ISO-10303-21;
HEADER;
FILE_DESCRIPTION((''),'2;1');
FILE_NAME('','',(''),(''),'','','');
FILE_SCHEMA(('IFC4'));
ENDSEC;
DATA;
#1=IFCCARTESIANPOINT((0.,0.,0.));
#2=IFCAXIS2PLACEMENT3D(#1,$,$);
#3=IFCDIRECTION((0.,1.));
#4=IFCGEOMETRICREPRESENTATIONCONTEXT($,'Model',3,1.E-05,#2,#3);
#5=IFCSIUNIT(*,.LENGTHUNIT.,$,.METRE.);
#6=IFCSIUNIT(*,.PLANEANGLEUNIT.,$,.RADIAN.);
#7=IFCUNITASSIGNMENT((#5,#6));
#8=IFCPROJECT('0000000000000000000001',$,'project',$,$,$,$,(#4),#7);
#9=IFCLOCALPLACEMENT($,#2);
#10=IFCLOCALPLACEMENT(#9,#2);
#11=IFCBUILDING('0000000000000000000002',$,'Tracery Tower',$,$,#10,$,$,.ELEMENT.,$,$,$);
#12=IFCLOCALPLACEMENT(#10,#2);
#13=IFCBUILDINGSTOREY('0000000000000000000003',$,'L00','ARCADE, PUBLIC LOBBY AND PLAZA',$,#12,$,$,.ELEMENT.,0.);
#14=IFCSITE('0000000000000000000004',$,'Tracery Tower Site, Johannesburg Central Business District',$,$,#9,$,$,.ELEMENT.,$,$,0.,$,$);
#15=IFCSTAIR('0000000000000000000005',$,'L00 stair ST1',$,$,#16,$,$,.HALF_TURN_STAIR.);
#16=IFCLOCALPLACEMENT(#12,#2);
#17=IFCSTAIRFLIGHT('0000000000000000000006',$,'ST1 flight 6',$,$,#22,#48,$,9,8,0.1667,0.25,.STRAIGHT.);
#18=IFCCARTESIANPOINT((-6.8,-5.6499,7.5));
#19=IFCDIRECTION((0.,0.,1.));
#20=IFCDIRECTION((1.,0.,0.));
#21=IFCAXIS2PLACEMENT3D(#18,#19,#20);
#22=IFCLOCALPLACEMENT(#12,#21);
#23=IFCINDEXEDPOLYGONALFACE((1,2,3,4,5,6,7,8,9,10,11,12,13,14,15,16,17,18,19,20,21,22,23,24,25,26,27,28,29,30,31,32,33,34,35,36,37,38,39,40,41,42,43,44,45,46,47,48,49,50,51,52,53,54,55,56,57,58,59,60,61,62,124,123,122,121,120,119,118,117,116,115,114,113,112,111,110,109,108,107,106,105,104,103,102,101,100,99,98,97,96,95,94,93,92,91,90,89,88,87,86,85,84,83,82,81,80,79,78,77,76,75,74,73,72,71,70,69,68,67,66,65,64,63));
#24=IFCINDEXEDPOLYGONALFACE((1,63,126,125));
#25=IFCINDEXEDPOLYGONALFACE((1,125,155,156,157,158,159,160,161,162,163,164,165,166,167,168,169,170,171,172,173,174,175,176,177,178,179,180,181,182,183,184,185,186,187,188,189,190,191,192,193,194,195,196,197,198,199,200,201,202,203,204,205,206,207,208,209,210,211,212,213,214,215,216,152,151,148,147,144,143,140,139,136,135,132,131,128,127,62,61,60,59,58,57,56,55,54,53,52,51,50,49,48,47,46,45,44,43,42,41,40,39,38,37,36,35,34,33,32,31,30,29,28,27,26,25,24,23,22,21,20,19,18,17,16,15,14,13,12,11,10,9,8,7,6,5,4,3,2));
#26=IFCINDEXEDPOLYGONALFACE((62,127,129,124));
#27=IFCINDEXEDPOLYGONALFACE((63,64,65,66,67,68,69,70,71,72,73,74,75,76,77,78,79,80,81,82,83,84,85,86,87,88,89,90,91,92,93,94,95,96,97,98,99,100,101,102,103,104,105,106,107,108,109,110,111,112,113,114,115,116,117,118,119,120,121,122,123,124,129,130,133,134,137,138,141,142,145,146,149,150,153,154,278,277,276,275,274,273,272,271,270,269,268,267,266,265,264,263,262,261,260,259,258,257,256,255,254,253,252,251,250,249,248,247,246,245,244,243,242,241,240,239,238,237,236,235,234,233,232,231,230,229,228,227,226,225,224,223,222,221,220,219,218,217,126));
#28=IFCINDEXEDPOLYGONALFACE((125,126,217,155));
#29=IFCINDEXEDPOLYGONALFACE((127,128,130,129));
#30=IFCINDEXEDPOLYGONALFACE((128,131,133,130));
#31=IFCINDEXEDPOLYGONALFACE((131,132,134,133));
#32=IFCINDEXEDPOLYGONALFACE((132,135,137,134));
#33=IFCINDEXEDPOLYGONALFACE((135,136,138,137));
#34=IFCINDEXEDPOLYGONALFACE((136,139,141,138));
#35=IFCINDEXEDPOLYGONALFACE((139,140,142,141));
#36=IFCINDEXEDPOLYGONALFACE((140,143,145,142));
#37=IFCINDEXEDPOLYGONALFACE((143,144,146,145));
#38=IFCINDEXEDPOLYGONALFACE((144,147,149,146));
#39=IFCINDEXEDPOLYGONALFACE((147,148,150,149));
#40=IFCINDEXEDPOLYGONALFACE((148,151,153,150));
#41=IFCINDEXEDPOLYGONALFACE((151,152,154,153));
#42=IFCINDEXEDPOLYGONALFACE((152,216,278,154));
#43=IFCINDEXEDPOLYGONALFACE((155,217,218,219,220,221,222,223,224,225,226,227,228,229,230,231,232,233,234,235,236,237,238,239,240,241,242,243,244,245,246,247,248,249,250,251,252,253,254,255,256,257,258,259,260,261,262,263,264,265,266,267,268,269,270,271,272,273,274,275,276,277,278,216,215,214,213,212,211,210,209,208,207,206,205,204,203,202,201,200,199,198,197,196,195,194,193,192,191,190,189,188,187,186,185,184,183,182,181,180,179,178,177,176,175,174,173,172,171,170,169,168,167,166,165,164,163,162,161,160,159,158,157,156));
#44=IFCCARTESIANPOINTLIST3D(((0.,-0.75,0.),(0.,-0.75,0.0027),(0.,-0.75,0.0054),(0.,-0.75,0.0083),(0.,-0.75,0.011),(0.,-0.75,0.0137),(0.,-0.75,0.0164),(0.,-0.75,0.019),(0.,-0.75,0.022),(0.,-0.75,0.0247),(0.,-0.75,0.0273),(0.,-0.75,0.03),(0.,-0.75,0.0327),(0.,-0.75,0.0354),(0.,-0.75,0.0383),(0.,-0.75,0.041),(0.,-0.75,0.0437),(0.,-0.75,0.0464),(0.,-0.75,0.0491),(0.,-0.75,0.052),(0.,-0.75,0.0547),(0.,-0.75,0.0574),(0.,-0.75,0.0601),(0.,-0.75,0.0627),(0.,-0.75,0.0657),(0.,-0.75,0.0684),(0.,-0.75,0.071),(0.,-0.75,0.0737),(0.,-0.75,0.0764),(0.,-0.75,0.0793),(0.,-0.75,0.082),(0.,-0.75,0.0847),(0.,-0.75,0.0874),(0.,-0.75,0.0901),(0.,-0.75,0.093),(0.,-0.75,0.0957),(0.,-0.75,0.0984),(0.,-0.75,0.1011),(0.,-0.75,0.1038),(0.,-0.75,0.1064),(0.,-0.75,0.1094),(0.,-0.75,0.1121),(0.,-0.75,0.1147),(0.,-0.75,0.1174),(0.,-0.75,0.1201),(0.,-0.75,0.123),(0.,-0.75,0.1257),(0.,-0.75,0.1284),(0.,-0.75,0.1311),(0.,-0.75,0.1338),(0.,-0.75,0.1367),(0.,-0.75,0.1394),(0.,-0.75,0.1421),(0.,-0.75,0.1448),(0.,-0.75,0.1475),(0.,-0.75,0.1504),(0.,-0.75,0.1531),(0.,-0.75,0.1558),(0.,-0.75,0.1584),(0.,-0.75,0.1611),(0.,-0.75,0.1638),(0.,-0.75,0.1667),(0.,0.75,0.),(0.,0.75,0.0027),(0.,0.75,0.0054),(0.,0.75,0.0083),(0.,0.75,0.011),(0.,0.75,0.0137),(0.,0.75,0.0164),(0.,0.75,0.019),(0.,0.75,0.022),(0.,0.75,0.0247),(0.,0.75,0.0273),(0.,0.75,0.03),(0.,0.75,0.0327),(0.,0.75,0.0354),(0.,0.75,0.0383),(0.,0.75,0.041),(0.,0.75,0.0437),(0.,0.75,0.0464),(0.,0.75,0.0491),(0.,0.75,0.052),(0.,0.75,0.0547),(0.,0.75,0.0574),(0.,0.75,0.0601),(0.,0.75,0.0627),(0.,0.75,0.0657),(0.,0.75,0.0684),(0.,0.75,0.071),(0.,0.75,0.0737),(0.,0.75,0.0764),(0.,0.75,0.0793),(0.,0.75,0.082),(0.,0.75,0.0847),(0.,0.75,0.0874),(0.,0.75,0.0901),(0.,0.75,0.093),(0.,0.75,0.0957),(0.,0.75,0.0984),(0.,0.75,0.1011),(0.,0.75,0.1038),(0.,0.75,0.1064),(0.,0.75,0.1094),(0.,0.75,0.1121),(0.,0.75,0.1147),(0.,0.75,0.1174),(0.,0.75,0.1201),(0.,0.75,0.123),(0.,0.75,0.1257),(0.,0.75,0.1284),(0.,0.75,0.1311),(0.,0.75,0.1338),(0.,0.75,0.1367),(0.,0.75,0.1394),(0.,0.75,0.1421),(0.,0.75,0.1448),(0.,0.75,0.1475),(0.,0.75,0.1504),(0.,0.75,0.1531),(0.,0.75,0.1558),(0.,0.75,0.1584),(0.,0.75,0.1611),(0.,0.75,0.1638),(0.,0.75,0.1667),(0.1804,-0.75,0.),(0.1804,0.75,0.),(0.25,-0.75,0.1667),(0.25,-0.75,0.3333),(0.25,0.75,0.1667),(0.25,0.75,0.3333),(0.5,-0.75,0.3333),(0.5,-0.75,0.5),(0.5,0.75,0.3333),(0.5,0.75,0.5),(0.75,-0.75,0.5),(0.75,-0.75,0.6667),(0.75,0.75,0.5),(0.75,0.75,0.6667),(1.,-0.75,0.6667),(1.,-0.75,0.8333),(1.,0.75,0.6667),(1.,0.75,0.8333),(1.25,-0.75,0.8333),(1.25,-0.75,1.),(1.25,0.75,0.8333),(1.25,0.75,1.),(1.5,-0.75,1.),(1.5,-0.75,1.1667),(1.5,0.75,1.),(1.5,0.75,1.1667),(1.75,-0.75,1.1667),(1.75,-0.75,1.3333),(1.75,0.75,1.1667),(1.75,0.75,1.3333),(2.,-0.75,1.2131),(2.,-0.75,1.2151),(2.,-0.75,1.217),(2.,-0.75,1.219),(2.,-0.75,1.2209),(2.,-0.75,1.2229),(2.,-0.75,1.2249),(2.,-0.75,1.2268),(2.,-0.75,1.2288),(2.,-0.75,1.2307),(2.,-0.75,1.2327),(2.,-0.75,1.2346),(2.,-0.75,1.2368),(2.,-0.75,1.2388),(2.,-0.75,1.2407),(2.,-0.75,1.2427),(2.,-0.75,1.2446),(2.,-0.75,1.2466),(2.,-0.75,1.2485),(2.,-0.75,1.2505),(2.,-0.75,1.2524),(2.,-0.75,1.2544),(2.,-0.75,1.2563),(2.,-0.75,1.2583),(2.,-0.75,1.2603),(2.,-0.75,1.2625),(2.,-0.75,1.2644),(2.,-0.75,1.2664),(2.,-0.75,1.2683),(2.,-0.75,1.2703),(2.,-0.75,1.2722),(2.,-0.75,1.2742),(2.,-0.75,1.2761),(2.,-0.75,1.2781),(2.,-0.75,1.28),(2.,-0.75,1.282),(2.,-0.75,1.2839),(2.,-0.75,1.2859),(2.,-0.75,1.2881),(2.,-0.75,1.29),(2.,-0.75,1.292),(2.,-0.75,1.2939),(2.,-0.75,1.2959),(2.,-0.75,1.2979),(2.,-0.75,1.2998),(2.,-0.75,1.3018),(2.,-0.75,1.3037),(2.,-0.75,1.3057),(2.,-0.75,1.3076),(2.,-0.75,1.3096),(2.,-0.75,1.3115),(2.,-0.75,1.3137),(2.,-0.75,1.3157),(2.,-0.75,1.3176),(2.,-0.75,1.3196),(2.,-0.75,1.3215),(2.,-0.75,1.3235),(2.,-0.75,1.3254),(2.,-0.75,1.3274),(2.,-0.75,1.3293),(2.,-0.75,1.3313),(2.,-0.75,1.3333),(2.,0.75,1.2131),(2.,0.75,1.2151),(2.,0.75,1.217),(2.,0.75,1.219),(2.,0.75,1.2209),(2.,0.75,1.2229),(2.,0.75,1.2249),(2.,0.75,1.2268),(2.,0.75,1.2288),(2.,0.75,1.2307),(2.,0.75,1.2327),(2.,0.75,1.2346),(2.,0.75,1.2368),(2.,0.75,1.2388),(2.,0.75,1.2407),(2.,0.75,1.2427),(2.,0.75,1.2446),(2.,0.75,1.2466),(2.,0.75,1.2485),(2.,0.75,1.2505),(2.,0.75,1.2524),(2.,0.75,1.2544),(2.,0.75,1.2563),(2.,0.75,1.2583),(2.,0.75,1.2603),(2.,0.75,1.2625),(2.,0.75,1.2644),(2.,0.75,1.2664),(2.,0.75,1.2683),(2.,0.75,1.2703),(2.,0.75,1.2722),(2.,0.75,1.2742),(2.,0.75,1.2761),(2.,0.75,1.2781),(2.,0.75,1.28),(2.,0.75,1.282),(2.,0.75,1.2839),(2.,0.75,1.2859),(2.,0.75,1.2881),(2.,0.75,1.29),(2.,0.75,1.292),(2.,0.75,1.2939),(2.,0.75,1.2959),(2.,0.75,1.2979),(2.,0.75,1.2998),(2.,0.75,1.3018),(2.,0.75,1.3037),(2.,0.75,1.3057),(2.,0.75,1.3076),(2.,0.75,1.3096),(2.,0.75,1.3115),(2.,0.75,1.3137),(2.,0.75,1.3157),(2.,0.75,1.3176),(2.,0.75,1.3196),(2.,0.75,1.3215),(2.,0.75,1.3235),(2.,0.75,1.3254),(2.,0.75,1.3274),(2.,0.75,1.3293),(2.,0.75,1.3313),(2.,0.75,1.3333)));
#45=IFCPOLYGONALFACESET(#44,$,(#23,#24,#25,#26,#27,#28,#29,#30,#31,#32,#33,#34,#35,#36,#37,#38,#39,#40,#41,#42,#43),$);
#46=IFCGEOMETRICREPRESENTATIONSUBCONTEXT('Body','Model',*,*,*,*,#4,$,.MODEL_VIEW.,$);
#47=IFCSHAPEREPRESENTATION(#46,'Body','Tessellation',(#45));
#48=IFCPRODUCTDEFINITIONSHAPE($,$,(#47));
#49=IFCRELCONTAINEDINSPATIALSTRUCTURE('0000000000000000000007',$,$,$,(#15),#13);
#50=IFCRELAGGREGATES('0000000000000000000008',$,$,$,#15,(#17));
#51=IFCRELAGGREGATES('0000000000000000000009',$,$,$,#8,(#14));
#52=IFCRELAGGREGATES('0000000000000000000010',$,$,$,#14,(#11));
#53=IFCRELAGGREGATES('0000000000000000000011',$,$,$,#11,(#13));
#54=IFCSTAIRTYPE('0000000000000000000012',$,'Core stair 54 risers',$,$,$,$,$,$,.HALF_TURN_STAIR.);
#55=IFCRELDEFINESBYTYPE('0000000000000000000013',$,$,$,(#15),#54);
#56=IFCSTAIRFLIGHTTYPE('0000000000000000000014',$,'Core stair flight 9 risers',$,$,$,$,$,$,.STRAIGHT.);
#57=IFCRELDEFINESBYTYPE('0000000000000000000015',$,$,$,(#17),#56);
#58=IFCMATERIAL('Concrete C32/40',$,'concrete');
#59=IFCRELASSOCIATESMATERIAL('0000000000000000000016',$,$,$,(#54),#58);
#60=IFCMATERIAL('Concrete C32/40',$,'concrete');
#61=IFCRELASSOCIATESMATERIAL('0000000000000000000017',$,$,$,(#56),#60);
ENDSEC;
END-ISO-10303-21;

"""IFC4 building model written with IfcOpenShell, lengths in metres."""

from ifc_helpers import new_model, si_unit, direction, frame, origin, place, context, subcontext, project, spatial, polyline, outline, extrude, material, type_object, element, aggregate, save


model = new_model("IFC4")

# Units and contexts
model_context = context("Model", 3, precision=1e-05, world=origin(), true_north=direction((0.0, 1.0)))
body_context = subcontext(model_context, "Body", "Model", "MODEL_VIEW")
ifc_project = project(units=[si_unit("LENGTHUNIT", "METRE"), si_unit("PLANEANGLEUNIT", "RADIAN")], contexts=[model_context])

# Site, building, storey
site_placement = place(None, origin())
site = spatial("IfcSite", under=ifc_project, at=site_placement, Name="Tracery Tower Site, Johannesburg Central Business District", CompositionType="ELEMENT", RefElevation=0.0)
building_placement = place(site_placement, origin())
building = spatial("IfcBuilding", under=site, at=building_placement, Name="Tracery Tower", CompositionType="ELEMENT")
storey_placement = place(building_placement, origin())
storey = spatial("IfcBuildingStorey", under=building, at=storey_placement, Name="L00", Description="ARCADE, PUBLIC LOBBY AND PLAZA", CompositionType="ELEMENT", Elevation=0.0)

# Stair, stair flight
ifc_material_1 = material(Name="Concrete C32/40", Category="concrete")
stair_type = type_object("IfcStairType", Name="Core stair 54 risers", PredefinedType="HALF_TURN_STAIR", material=ifc_material_1)
stair_placement = place(storey_placement, origin())
stair = element("IfcStair", 1, at=stair_placement, inside=storey, type_object=stair_type, Name="L00 stair ST1", PredefinedType="HALF_TURN_STAIR")
ifc_material_2 = material(Name="Concrete C32/40", Category="concrete")
stair_flight_type = type_object("IfcStairFlightType", Name="Core stair flight 9 risers", PredefinedType="STRAIGHT", material=ifc_material_2)
stair_flight_1_placement = place(storey_placement, frame((-6.8, -5.6499, 7.5), z_axis=(0.0, 0.0, 1.0), x_axis=(1.0, 0.0, 0.0)))
stair_flight_1 = element("IfcStairFlight", 2, at=stair_flight_1_placement, type_object=stair_flight_type, Name="ST1 flight 6", NumberOfRisers=9, NumberOfTreads=8, PredefinedType="STRAIGHT", RiserHeight=0.1667, TreadLength=0.25, context=body_context, shape_type="SweptSolid", body=[
    extrude(outline(polyline([(0.0, 0.0), (0.0, 0.0027), (0.0, 0.0054), (0.0, 0.0083), (0.0, 0.011), (0.0, 0.0137), (0.0, 0.0164), (0.0, 0.019), (0.0, 0.022), (0.0, 0.0247), (0.0, 0.0273), (0.0, 0.03), (0.0, 0.0327), (0.0, 0.0354), (0.0, 0.0383), (0.0, 0.041), (0.0, 0.0437), (0.0, 0.0464), (0.0, 0.0491), (0.0, 0.052), (0.0, 0.0547), (0.0, 0.0574), (0.0, 0.0601), (0.0, 0.0627), (0.0, 0.0657), (0.0, 0.0684), (0.0, 0.071), (0.0, 0.0737), (0.0, 0.0764), (0.0, 0.0793), (0.0, 0.082), (0.0, 0.0847), (0.0, 0.0874), (0.0, 0.0901), (0.0, 0.093), (0.0, 0.0957), (0.0, 0.0984), (0.0, 0.1011), (0.0, 0.1038), (0.0, 0.1064), (0.0, 0.1094), (0.0, 0.1121), (0.0, 0.1147), (0.0, 0.1174), (0.0, 0.1201), (0.0, 0.123), (0.0, 0.1257), (0.0, 0.1284), (0.0, 0.1311), (0.0, 0.1338), (0.0, 0.1367), (0.0, 0.1394), (0.0, 0.1421), (0.0, 0.1448), (0.0, 0.1475), (0.0, 0.1504), (0.0, 0.1531), (0.0, 0.1558), (0.0, 0.1584), (0.0, 0.1611), (0.0, 0.1638), (0.0, 0.1667), (0.25, 0.1667), (0.25, 0.3333), (0.5, 0.3333), (0.5, 0.5), (0.75, 0.5), (0.75, 0.6667), (1.0, 0.6667), (1.0, 0.8333), (1.25, 0.8333), (1.25, 1.0), (1.5, 1.0), (1.5, 1.1667), (1.75, 1.1667), (1.75, 1.3333), (2.0, 1.3333), (2.0, 1.3313), (2.0, 1.3293), (2.0, 1.3274), (2.0, 1.3254), (2.0, 1.3235), (2.0, 1.3215), (2.0, 1.3196), (2.0, 1.3176), (2.0, 1.3157), (2.0, 1.3137), (2.0, 1.3115), (2.0, 1.3096), (2.0, 1.3076), (2.0, 1.3057), (2.0, 1.3037), (2.0, 1.3018), (2.0, 1.2998), (2.0, 1.2979), (2.0, 1.2959), (2.0, 1.2939), (2.0, 1.292), (2.0, 1.29), (2.0, 1.2881), (2.0, 1.2859), (2.0, 1.2839), (2.0, 1.282), (2.0, 1.28), (2.0, 1.2781), (2.0, 1.2761), (2.0, 1.2742), (2.0, 1.2722), (2.0, 1.2703), (2.0, 1.2683), (2.0, 1.2664), (2.0, 1.2644), (2.0, 1.2625), (2.0, 1.2603), (2.0, 1.2583), (2.0, 1.2563), (2.0, 1.2544), (2.0, 1.2524), (2.0, 1.2505), (2.0, 1.2485), (2.0, 1.2466), (2.0, 1.2446), (2.0, 1.2427), (2.0, 1.2407), (2.0, 1.2388), (2.0, 1.2368), (2.0, 1.2346), (2.0, 1.2327), (2.0, 1.2307), (2.0, 1.2288), (2.0, 1.2268), (2.0, 1.2249), (2.0, 1.2229), (2.0, 1.2209), (2.0, 1.219), (2.0, 1.217), (2.0, 1.2151), (2.0, 1.2131), (0.1804, 0.0), (0.0, 0.0)])), frame((0.0, 0.75, 0.0), z_axis=(0.0, -1.0, 0.0), x_axis=(1.0, 0.0, 0.0)), (0.0, 0.0, 1.0), 1.5),
])
aggregate(stair, [stair_flight_1])

save(model, "model.ifc")
